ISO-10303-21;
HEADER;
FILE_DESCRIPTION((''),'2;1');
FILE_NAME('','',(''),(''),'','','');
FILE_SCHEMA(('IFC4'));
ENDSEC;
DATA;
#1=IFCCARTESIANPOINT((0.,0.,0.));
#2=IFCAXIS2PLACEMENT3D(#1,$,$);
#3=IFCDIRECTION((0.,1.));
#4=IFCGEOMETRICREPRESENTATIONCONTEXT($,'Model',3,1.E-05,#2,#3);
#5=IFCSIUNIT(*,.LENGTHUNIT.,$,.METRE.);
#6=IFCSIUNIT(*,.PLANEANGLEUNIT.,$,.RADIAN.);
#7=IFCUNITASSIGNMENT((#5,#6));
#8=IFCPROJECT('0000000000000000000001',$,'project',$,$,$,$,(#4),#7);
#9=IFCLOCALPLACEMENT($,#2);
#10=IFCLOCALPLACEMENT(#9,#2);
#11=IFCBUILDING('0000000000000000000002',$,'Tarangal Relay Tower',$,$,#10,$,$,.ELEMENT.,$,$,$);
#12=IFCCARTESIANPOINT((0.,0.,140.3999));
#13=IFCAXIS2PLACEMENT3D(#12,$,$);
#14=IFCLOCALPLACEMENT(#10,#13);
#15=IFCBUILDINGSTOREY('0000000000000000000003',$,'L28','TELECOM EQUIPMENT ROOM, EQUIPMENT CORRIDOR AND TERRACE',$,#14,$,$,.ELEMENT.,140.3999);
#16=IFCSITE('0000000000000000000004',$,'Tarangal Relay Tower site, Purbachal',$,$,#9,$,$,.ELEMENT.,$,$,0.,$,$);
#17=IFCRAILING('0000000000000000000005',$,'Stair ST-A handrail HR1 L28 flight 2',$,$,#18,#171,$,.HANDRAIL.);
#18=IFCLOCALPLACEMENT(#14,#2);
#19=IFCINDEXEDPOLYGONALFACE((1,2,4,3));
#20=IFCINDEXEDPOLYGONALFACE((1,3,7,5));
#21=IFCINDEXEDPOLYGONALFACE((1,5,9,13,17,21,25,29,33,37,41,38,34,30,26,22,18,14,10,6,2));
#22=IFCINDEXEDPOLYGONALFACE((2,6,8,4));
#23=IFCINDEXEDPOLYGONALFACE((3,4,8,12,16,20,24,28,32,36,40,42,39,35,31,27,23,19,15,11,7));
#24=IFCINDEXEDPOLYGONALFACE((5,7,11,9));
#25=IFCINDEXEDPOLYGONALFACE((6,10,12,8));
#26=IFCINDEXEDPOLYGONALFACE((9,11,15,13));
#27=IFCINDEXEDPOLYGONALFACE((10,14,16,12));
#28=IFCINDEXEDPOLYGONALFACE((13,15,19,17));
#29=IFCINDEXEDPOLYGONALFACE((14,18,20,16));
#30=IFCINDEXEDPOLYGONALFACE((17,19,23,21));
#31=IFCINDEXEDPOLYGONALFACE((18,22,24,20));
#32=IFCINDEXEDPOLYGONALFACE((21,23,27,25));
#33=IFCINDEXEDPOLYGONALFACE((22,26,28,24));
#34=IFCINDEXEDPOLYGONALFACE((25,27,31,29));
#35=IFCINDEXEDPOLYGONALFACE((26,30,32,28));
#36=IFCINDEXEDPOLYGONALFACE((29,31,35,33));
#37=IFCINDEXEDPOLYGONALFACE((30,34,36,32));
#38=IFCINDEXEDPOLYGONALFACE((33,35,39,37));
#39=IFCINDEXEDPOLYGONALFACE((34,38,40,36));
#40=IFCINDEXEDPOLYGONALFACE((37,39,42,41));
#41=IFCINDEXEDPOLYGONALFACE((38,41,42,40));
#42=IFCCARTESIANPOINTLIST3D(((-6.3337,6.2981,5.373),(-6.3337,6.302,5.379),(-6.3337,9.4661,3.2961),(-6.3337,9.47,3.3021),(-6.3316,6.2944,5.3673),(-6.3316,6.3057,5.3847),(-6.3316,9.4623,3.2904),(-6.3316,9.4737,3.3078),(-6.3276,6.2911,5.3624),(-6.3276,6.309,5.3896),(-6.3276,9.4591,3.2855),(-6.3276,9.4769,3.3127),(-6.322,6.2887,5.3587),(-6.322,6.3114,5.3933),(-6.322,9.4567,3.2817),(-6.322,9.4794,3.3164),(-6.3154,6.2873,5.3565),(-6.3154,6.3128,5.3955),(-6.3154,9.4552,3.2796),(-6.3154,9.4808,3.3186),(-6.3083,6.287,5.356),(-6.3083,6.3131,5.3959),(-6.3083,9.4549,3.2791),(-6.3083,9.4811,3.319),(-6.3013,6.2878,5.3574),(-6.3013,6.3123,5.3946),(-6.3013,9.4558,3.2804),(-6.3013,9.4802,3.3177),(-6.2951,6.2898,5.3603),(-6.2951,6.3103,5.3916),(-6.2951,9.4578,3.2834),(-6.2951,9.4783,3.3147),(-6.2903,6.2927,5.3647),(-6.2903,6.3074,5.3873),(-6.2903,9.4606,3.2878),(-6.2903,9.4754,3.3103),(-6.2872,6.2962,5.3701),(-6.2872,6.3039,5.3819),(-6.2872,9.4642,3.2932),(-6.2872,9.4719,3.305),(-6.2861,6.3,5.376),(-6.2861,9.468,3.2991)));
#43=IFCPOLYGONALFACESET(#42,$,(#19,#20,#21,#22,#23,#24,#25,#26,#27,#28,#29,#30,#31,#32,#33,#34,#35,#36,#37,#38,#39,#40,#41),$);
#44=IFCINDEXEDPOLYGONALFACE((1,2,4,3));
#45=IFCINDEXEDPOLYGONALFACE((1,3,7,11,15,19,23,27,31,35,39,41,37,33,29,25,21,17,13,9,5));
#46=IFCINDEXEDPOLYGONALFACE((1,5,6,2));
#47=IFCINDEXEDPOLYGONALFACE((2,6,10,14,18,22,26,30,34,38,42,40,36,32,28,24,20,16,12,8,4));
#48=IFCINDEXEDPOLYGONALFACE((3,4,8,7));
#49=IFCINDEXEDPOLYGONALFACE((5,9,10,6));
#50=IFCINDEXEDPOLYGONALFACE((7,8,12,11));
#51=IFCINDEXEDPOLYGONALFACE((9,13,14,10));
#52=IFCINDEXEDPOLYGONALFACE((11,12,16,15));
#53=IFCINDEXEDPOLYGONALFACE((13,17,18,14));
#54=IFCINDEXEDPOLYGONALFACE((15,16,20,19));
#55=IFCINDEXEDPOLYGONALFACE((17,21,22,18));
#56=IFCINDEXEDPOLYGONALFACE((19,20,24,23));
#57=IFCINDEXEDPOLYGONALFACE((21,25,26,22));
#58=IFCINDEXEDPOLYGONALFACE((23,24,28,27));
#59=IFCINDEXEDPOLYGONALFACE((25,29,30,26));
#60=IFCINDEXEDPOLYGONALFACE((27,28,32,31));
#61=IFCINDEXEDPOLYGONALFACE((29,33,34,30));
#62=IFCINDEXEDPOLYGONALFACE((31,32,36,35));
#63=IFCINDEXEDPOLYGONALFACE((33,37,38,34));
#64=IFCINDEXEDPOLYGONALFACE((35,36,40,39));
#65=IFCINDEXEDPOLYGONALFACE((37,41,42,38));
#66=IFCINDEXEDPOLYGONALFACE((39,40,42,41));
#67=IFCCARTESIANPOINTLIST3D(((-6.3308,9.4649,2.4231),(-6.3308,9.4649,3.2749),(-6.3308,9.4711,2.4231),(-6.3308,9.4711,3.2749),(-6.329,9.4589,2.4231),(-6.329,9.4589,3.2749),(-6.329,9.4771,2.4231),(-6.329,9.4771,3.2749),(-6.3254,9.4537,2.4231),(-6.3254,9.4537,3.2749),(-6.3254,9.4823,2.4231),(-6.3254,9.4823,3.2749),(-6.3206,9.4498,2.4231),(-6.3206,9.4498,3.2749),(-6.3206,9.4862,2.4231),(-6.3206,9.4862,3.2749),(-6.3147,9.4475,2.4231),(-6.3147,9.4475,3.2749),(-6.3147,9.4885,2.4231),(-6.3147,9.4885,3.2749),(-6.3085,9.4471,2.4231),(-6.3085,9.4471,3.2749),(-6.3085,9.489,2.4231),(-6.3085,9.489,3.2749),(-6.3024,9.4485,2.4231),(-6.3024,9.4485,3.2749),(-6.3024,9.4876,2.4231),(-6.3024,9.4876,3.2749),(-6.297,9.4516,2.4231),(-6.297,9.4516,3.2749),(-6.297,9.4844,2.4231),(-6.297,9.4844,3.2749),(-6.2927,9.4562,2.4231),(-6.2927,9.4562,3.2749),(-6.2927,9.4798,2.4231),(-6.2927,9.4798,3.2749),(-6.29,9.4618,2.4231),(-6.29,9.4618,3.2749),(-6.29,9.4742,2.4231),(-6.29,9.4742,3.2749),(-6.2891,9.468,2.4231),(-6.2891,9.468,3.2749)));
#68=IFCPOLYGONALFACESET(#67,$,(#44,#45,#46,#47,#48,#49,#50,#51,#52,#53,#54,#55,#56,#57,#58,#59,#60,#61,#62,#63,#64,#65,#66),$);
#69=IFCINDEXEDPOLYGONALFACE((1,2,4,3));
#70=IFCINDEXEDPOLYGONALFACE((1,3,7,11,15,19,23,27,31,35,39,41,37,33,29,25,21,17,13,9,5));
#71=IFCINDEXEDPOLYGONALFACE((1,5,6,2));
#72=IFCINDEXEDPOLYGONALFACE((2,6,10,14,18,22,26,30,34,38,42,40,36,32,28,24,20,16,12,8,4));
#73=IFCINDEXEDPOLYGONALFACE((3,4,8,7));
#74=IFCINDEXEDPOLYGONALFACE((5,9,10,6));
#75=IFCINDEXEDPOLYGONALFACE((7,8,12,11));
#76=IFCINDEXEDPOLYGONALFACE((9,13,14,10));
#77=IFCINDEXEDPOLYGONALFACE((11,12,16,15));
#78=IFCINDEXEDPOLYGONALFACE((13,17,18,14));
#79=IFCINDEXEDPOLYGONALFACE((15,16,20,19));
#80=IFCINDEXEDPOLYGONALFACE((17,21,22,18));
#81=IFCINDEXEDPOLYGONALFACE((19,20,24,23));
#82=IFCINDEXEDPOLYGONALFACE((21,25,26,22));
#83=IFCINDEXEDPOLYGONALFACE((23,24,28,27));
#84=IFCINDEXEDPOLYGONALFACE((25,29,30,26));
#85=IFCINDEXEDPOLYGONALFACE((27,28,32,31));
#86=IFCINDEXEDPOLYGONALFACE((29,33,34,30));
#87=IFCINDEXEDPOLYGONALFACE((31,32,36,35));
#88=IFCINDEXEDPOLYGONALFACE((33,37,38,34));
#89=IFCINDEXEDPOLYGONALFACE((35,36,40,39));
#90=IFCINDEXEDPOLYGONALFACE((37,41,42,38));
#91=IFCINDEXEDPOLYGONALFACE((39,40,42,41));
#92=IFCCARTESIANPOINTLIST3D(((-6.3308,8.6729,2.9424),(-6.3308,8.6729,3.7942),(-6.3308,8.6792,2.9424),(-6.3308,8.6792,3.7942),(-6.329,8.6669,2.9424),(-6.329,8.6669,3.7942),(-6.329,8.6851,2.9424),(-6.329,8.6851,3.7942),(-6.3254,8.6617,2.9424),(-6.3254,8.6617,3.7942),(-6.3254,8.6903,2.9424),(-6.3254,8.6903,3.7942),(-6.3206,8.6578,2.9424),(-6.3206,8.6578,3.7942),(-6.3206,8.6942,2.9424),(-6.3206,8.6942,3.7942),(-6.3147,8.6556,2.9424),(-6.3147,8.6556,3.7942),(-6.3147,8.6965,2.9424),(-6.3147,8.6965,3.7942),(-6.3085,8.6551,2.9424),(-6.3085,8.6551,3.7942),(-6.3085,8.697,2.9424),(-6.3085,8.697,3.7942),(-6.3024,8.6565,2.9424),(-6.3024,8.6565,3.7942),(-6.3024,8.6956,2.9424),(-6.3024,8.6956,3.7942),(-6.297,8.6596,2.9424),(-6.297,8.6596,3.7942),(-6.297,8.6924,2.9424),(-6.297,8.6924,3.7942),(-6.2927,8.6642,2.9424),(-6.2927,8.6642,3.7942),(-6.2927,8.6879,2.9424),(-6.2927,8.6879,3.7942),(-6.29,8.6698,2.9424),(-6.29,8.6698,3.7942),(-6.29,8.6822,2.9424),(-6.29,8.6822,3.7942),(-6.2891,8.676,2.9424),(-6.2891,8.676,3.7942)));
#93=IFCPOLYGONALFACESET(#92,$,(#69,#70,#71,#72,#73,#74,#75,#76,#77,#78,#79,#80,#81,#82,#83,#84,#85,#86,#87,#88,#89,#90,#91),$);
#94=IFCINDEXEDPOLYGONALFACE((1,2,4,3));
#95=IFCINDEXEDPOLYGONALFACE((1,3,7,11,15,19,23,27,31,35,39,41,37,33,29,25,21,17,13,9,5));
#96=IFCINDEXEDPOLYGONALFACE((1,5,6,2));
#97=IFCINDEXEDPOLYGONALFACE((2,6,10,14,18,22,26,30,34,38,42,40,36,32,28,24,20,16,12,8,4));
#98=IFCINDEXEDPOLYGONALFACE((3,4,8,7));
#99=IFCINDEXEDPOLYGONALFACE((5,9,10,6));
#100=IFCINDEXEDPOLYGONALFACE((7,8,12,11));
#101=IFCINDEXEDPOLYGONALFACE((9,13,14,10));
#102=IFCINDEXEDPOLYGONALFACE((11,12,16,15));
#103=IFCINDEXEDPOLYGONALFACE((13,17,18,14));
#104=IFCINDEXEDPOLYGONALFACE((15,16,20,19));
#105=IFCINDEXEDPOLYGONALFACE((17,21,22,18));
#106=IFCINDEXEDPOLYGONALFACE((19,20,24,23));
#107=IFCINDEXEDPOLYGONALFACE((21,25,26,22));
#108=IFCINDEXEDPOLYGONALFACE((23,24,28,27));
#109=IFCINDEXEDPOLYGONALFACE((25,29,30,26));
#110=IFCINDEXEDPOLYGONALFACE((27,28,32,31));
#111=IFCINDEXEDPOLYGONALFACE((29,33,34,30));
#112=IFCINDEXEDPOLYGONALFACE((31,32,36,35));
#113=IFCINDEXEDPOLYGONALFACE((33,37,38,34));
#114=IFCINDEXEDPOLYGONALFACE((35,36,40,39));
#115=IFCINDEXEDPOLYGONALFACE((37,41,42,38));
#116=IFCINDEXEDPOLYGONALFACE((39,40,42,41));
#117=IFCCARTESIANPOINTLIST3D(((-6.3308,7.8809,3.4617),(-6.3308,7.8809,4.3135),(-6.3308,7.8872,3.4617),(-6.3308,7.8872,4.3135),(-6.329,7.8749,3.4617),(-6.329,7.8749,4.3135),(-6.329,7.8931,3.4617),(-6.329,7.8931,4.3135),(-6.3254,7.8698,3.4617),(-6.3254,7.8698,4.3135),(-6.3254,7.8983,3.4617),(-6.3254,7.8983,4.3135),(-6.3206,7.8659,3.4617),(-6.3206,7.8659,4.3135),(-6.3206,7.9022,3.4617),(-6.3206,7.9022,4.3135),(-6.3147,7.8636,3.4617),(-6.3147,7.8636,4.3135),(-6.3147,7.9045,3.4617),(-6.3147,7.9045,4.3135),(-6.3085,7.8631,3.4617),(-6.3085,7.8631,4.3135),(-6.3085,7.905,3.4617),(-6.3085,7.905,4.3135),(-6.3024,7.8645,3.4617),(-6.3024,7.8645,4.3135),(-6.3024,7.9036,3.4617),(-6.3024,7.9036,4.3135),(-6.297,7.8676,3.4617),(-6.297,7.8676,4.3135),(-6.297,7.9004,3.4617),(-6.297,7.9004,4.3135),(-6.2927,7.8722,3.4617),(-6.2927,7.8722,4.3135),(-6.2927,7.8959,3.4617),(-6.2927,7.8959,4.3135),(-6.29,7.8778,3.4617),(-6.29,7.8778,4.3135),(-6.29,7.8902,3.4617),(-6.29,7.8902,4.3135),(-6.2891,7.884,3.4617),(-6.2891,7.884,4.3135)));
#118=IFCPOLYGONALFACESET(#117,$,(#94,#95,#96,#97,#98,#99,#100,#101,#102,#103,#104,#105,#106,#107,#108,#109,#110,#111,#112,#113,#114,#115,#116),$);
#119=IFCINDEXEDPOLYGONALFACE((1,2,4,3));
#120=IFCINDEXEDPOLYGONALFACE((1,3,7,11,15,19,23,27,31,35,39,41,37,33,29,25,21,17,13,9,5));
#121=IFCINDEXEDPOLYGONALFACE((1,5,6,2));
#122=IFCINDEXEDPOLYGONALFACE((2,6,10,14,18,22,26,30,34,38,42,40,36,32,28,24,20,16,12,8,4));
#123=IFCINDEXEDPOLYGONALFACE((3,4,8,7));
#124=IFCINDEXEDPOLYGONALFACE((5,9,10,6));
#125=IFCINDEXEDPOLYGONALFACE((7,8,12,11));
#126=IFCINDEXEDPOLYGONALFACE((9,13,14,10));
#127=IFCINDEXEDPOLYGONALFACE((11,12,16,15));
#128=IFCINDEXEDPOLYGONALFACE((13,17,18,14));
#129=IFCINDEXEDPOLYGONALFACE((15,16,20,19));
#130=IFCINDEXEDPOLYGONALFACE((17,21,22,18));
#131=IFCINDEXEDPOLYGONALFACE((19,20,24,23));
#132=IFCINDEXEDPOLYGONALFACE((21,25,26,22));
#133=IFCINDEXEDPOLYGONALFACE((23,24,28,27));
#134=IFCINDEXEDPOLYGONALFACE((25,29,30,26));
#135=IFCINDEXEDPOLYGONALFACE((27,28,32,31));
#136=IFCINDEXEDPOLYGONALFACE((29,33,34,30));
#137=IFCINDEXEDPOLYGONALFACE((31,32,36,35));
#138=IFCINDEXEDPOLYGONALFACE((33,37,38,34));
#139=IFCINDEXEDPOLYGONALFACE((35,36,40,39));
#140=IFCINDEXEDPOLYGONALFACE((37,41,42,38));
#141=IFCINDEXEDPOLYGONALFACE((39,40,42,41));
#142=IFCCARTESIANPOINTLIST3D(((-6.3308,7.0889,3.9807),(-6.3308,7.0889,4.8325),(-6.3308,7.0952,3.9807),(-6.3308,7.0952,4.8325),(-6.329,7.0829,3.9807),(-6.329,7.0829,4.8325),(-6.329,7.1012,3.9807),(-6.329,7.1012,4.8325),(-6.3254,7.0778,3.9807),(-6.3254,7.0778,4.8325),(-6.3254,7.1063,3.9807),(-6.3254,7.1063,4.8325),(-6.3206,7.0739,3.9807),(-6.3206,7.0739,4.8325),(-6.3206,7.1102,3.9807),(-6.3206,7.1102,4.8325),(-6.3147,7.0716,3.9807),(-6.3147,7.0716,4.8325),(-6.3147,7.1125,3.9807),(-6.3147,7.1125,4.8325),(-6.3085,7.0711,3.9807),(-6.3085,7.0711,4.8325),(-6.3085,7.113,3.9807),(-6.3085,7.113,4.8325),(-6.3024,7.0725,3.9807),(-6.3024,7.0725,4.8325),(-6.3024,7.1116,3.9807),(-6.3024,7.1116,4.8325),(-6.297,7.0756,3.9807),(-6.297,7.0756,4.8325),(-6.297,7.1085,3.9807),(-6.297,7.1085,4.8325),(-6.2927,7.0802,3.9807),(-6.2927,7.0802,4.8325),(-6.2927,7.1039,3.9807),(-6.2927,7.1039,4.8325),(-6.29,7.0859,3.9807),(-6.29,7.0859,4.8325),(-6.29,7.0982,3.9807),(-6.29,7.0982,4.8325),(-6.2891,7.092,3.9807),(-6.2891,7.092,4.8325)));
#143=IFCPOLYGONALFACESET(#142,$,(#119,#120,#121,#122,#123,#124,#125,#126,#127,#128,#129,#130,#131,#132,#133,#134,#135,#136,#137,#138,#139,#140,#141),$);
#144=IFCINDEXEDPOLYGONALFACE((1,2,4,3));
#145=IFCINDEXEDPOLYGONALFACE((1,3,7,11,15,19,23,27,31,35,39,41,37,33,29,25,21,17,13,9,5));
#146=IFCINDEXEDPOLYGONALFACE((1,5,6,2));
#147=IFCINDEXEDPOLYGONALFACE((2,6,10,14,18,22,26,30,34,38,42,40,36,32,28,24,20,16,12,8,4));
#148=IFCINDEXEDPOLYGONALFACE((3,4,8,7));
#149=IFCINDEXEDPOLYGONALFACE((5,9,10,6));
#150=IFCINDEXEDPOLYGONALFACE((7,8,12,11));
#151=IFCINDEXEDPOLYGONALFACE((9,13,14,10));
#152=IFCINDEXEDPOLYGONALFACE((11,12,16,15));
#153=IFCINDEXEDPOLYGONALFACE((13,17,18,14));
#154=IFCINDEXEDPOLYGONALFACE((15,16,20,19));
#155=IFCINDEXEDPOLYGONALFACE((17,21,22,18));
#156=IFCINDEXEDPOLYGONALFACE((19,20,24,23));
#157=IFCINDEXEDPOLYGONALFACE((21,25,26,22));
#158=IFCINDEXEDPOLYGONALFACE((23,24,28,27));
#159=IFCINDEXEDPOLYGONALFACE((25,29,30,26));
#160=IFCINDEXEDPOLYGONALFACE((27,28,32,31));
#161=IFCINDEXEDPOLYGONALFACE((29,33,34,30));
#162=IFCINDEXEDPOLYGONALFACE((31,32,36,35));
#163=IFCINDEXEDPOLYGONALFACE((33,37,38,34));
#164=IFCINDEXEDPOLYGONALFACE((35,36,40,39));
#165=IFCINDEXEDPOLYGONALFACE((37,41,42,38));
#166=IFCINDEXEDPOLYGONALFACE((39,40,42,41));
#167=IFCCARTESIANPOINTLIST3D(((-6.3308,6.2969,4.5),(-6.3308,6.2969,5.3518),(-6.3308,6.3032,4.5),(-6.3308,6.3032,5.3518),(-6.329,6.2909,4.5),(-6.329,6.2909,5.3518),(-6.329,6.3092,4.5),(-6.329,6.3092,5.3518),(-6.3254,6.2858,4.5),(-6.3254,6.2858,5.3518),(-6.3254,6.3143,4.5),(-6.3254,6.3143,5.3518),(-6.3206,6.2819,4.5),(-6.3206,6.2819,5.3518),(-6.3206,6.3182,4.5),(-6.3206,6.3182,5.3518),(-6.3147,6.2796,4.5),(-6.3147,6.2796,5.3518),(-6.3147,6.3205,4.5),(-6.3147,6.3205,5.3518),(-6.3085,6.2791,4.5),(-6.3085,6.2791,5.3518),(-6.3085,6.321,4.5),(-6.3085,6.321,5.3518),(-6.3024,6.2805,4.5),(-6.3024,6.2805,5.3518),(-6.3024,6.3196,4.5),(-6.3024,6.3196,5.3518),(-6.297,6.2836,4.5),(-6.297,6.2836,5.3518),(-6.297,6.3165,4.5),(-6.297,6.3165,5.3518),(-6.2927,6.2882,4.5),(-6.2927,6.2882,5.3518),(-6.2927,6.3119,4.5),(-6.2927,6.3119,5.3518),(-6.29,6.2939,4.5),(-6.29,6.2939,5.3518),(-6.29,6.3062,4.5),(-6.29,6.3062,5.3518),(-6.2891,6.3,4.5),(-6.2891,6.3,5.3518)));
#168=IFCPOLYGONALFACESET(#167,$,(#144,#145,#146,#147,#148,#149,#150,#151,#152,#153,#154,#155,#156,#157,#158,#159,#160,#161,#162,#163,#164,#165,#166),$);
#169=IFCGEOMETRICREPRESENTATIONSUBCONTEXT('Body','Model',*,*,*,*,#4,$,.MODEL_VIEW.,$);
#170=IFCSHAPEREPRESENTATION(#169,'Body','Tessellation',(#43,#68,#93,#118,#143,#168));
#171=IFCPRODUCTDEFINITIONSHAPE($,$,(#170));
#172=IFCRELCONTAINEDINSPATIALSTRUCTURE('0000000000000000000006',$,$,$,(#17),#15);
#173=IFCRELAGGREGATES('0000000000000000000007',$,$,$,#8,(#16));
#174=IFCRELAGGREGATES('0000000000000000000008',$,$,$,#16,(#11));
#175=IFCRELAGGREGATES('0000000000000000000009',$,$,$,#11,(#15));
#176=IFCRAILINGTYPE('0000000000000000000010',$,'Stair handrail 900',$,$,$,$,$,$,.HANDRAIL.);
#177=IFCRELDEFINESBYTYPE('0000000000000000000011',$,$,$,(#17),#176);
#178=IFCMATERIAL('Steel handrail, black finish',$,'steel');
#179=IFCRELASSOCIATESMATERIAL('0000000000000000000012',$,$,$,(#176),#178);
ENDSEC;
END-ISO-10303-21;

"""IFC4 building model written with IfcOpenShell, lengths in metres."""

from ifc_helpers import new_model, si_unit, direction, frame, origin, origin_2d, place, context, subcontext, project, spatial, circle, extrude, material, type_object, element, save


model = new_model("IFC4")

# Units and contexts
model_context = context("Model", 3, precision=1e-05, world=origin(), true_north=direction((0.0, 1.0)))
body_context = subcontext(model_context, "Body", "Model", "MODEL_VIEW")
ifc_project = project(units=[si_unit("LENGTHUNIT", "METRE"), si_unit("PLANEANGLEUNIT", "RADIAN")], contexts=[model_context])

# Site, building, storey
site_placement = place(None, origin())
site = spatial("IfcSite", under=ifc_project, at=site_placement, Name="Tarangal Relay Tower site, Purbachal", CompositionType="ELEMENT", RefElevation=0.0)
building_placement = place(site_placement, origin())
building = spatial("IfcBuilding", under=site, at=building_placement, Name="Tarangal Relay Tower", CompositionType="ELEMENT")
storey_placement = place(building_placement, frame((0.0, 0.0, 140.3999)))
storey = spatial("IfcBuildingStorey", under=building, at=storey_placement, Name="L28", Description="TELECOM EQUIPMENT ROOM, EQUIPMENT CORRIDOR AND TERRACE", CompositionType="ELEMENT", Elevation=140.3999)

# Railing
ifc_material_1 = material(Name="Steel handrail, black finish", Category="steel")
railing_type_1 = type_object("IfcRailingType", Name="Stair handrail 900", PredefinedType="HANDRAIL", material=ifc_material_1)
railing_1_placement = place(storey_placement, frame((-6.3101, 9.468, 2.4231)))
element("IfcRailing", 1, at=railing_1_placement, inside=storey, type_object=railing_type_1, Name="Stair ST-A handrail HR1 L28 flight 2", PredefinedType="HANDRAIL", context=body_context, shape_type="SweptSolid", body=[
    extrude(circle(Radius=0.0239, at=origin_2d()), frame((0.0, 0.0, 0.876), z_axis=(0.0, -0.836299, 0.548273), x_axis=(1.0, 0.0, 0.0)), (0.0, 0.0, 1.0), 3.7881),
    extrude(circle(Radius=0.021, at=origin_2d()), origin(), (0.0, 0.0, 1.0), 0.8518),
    extrude(circle(Radius=0.021, at=origin_2d()), frame((0.0, -0.792, 0.5193)), (0.0, 0.0, 1.0), 0.8518),
    extrude(circle(Radius=0.021, at=origin_2d()), frame((0.0, -1.584, 1.0386)), (0.0, 0.0, 1.0), 0.8518),
    extrude(circle(Radius=0.021, at=origin_2d()), frame((0.0, -2.376, 1.5576)), (0.0, 0.0, 1.0), 0.8518),
    extrude(circle(Radius=0.021, at=origin_2d()), frame((0.0, -3.168, 2.0769)), (0.0, 0.0, 1.0), 0.8518),
])

save(model, "model.ifc")
